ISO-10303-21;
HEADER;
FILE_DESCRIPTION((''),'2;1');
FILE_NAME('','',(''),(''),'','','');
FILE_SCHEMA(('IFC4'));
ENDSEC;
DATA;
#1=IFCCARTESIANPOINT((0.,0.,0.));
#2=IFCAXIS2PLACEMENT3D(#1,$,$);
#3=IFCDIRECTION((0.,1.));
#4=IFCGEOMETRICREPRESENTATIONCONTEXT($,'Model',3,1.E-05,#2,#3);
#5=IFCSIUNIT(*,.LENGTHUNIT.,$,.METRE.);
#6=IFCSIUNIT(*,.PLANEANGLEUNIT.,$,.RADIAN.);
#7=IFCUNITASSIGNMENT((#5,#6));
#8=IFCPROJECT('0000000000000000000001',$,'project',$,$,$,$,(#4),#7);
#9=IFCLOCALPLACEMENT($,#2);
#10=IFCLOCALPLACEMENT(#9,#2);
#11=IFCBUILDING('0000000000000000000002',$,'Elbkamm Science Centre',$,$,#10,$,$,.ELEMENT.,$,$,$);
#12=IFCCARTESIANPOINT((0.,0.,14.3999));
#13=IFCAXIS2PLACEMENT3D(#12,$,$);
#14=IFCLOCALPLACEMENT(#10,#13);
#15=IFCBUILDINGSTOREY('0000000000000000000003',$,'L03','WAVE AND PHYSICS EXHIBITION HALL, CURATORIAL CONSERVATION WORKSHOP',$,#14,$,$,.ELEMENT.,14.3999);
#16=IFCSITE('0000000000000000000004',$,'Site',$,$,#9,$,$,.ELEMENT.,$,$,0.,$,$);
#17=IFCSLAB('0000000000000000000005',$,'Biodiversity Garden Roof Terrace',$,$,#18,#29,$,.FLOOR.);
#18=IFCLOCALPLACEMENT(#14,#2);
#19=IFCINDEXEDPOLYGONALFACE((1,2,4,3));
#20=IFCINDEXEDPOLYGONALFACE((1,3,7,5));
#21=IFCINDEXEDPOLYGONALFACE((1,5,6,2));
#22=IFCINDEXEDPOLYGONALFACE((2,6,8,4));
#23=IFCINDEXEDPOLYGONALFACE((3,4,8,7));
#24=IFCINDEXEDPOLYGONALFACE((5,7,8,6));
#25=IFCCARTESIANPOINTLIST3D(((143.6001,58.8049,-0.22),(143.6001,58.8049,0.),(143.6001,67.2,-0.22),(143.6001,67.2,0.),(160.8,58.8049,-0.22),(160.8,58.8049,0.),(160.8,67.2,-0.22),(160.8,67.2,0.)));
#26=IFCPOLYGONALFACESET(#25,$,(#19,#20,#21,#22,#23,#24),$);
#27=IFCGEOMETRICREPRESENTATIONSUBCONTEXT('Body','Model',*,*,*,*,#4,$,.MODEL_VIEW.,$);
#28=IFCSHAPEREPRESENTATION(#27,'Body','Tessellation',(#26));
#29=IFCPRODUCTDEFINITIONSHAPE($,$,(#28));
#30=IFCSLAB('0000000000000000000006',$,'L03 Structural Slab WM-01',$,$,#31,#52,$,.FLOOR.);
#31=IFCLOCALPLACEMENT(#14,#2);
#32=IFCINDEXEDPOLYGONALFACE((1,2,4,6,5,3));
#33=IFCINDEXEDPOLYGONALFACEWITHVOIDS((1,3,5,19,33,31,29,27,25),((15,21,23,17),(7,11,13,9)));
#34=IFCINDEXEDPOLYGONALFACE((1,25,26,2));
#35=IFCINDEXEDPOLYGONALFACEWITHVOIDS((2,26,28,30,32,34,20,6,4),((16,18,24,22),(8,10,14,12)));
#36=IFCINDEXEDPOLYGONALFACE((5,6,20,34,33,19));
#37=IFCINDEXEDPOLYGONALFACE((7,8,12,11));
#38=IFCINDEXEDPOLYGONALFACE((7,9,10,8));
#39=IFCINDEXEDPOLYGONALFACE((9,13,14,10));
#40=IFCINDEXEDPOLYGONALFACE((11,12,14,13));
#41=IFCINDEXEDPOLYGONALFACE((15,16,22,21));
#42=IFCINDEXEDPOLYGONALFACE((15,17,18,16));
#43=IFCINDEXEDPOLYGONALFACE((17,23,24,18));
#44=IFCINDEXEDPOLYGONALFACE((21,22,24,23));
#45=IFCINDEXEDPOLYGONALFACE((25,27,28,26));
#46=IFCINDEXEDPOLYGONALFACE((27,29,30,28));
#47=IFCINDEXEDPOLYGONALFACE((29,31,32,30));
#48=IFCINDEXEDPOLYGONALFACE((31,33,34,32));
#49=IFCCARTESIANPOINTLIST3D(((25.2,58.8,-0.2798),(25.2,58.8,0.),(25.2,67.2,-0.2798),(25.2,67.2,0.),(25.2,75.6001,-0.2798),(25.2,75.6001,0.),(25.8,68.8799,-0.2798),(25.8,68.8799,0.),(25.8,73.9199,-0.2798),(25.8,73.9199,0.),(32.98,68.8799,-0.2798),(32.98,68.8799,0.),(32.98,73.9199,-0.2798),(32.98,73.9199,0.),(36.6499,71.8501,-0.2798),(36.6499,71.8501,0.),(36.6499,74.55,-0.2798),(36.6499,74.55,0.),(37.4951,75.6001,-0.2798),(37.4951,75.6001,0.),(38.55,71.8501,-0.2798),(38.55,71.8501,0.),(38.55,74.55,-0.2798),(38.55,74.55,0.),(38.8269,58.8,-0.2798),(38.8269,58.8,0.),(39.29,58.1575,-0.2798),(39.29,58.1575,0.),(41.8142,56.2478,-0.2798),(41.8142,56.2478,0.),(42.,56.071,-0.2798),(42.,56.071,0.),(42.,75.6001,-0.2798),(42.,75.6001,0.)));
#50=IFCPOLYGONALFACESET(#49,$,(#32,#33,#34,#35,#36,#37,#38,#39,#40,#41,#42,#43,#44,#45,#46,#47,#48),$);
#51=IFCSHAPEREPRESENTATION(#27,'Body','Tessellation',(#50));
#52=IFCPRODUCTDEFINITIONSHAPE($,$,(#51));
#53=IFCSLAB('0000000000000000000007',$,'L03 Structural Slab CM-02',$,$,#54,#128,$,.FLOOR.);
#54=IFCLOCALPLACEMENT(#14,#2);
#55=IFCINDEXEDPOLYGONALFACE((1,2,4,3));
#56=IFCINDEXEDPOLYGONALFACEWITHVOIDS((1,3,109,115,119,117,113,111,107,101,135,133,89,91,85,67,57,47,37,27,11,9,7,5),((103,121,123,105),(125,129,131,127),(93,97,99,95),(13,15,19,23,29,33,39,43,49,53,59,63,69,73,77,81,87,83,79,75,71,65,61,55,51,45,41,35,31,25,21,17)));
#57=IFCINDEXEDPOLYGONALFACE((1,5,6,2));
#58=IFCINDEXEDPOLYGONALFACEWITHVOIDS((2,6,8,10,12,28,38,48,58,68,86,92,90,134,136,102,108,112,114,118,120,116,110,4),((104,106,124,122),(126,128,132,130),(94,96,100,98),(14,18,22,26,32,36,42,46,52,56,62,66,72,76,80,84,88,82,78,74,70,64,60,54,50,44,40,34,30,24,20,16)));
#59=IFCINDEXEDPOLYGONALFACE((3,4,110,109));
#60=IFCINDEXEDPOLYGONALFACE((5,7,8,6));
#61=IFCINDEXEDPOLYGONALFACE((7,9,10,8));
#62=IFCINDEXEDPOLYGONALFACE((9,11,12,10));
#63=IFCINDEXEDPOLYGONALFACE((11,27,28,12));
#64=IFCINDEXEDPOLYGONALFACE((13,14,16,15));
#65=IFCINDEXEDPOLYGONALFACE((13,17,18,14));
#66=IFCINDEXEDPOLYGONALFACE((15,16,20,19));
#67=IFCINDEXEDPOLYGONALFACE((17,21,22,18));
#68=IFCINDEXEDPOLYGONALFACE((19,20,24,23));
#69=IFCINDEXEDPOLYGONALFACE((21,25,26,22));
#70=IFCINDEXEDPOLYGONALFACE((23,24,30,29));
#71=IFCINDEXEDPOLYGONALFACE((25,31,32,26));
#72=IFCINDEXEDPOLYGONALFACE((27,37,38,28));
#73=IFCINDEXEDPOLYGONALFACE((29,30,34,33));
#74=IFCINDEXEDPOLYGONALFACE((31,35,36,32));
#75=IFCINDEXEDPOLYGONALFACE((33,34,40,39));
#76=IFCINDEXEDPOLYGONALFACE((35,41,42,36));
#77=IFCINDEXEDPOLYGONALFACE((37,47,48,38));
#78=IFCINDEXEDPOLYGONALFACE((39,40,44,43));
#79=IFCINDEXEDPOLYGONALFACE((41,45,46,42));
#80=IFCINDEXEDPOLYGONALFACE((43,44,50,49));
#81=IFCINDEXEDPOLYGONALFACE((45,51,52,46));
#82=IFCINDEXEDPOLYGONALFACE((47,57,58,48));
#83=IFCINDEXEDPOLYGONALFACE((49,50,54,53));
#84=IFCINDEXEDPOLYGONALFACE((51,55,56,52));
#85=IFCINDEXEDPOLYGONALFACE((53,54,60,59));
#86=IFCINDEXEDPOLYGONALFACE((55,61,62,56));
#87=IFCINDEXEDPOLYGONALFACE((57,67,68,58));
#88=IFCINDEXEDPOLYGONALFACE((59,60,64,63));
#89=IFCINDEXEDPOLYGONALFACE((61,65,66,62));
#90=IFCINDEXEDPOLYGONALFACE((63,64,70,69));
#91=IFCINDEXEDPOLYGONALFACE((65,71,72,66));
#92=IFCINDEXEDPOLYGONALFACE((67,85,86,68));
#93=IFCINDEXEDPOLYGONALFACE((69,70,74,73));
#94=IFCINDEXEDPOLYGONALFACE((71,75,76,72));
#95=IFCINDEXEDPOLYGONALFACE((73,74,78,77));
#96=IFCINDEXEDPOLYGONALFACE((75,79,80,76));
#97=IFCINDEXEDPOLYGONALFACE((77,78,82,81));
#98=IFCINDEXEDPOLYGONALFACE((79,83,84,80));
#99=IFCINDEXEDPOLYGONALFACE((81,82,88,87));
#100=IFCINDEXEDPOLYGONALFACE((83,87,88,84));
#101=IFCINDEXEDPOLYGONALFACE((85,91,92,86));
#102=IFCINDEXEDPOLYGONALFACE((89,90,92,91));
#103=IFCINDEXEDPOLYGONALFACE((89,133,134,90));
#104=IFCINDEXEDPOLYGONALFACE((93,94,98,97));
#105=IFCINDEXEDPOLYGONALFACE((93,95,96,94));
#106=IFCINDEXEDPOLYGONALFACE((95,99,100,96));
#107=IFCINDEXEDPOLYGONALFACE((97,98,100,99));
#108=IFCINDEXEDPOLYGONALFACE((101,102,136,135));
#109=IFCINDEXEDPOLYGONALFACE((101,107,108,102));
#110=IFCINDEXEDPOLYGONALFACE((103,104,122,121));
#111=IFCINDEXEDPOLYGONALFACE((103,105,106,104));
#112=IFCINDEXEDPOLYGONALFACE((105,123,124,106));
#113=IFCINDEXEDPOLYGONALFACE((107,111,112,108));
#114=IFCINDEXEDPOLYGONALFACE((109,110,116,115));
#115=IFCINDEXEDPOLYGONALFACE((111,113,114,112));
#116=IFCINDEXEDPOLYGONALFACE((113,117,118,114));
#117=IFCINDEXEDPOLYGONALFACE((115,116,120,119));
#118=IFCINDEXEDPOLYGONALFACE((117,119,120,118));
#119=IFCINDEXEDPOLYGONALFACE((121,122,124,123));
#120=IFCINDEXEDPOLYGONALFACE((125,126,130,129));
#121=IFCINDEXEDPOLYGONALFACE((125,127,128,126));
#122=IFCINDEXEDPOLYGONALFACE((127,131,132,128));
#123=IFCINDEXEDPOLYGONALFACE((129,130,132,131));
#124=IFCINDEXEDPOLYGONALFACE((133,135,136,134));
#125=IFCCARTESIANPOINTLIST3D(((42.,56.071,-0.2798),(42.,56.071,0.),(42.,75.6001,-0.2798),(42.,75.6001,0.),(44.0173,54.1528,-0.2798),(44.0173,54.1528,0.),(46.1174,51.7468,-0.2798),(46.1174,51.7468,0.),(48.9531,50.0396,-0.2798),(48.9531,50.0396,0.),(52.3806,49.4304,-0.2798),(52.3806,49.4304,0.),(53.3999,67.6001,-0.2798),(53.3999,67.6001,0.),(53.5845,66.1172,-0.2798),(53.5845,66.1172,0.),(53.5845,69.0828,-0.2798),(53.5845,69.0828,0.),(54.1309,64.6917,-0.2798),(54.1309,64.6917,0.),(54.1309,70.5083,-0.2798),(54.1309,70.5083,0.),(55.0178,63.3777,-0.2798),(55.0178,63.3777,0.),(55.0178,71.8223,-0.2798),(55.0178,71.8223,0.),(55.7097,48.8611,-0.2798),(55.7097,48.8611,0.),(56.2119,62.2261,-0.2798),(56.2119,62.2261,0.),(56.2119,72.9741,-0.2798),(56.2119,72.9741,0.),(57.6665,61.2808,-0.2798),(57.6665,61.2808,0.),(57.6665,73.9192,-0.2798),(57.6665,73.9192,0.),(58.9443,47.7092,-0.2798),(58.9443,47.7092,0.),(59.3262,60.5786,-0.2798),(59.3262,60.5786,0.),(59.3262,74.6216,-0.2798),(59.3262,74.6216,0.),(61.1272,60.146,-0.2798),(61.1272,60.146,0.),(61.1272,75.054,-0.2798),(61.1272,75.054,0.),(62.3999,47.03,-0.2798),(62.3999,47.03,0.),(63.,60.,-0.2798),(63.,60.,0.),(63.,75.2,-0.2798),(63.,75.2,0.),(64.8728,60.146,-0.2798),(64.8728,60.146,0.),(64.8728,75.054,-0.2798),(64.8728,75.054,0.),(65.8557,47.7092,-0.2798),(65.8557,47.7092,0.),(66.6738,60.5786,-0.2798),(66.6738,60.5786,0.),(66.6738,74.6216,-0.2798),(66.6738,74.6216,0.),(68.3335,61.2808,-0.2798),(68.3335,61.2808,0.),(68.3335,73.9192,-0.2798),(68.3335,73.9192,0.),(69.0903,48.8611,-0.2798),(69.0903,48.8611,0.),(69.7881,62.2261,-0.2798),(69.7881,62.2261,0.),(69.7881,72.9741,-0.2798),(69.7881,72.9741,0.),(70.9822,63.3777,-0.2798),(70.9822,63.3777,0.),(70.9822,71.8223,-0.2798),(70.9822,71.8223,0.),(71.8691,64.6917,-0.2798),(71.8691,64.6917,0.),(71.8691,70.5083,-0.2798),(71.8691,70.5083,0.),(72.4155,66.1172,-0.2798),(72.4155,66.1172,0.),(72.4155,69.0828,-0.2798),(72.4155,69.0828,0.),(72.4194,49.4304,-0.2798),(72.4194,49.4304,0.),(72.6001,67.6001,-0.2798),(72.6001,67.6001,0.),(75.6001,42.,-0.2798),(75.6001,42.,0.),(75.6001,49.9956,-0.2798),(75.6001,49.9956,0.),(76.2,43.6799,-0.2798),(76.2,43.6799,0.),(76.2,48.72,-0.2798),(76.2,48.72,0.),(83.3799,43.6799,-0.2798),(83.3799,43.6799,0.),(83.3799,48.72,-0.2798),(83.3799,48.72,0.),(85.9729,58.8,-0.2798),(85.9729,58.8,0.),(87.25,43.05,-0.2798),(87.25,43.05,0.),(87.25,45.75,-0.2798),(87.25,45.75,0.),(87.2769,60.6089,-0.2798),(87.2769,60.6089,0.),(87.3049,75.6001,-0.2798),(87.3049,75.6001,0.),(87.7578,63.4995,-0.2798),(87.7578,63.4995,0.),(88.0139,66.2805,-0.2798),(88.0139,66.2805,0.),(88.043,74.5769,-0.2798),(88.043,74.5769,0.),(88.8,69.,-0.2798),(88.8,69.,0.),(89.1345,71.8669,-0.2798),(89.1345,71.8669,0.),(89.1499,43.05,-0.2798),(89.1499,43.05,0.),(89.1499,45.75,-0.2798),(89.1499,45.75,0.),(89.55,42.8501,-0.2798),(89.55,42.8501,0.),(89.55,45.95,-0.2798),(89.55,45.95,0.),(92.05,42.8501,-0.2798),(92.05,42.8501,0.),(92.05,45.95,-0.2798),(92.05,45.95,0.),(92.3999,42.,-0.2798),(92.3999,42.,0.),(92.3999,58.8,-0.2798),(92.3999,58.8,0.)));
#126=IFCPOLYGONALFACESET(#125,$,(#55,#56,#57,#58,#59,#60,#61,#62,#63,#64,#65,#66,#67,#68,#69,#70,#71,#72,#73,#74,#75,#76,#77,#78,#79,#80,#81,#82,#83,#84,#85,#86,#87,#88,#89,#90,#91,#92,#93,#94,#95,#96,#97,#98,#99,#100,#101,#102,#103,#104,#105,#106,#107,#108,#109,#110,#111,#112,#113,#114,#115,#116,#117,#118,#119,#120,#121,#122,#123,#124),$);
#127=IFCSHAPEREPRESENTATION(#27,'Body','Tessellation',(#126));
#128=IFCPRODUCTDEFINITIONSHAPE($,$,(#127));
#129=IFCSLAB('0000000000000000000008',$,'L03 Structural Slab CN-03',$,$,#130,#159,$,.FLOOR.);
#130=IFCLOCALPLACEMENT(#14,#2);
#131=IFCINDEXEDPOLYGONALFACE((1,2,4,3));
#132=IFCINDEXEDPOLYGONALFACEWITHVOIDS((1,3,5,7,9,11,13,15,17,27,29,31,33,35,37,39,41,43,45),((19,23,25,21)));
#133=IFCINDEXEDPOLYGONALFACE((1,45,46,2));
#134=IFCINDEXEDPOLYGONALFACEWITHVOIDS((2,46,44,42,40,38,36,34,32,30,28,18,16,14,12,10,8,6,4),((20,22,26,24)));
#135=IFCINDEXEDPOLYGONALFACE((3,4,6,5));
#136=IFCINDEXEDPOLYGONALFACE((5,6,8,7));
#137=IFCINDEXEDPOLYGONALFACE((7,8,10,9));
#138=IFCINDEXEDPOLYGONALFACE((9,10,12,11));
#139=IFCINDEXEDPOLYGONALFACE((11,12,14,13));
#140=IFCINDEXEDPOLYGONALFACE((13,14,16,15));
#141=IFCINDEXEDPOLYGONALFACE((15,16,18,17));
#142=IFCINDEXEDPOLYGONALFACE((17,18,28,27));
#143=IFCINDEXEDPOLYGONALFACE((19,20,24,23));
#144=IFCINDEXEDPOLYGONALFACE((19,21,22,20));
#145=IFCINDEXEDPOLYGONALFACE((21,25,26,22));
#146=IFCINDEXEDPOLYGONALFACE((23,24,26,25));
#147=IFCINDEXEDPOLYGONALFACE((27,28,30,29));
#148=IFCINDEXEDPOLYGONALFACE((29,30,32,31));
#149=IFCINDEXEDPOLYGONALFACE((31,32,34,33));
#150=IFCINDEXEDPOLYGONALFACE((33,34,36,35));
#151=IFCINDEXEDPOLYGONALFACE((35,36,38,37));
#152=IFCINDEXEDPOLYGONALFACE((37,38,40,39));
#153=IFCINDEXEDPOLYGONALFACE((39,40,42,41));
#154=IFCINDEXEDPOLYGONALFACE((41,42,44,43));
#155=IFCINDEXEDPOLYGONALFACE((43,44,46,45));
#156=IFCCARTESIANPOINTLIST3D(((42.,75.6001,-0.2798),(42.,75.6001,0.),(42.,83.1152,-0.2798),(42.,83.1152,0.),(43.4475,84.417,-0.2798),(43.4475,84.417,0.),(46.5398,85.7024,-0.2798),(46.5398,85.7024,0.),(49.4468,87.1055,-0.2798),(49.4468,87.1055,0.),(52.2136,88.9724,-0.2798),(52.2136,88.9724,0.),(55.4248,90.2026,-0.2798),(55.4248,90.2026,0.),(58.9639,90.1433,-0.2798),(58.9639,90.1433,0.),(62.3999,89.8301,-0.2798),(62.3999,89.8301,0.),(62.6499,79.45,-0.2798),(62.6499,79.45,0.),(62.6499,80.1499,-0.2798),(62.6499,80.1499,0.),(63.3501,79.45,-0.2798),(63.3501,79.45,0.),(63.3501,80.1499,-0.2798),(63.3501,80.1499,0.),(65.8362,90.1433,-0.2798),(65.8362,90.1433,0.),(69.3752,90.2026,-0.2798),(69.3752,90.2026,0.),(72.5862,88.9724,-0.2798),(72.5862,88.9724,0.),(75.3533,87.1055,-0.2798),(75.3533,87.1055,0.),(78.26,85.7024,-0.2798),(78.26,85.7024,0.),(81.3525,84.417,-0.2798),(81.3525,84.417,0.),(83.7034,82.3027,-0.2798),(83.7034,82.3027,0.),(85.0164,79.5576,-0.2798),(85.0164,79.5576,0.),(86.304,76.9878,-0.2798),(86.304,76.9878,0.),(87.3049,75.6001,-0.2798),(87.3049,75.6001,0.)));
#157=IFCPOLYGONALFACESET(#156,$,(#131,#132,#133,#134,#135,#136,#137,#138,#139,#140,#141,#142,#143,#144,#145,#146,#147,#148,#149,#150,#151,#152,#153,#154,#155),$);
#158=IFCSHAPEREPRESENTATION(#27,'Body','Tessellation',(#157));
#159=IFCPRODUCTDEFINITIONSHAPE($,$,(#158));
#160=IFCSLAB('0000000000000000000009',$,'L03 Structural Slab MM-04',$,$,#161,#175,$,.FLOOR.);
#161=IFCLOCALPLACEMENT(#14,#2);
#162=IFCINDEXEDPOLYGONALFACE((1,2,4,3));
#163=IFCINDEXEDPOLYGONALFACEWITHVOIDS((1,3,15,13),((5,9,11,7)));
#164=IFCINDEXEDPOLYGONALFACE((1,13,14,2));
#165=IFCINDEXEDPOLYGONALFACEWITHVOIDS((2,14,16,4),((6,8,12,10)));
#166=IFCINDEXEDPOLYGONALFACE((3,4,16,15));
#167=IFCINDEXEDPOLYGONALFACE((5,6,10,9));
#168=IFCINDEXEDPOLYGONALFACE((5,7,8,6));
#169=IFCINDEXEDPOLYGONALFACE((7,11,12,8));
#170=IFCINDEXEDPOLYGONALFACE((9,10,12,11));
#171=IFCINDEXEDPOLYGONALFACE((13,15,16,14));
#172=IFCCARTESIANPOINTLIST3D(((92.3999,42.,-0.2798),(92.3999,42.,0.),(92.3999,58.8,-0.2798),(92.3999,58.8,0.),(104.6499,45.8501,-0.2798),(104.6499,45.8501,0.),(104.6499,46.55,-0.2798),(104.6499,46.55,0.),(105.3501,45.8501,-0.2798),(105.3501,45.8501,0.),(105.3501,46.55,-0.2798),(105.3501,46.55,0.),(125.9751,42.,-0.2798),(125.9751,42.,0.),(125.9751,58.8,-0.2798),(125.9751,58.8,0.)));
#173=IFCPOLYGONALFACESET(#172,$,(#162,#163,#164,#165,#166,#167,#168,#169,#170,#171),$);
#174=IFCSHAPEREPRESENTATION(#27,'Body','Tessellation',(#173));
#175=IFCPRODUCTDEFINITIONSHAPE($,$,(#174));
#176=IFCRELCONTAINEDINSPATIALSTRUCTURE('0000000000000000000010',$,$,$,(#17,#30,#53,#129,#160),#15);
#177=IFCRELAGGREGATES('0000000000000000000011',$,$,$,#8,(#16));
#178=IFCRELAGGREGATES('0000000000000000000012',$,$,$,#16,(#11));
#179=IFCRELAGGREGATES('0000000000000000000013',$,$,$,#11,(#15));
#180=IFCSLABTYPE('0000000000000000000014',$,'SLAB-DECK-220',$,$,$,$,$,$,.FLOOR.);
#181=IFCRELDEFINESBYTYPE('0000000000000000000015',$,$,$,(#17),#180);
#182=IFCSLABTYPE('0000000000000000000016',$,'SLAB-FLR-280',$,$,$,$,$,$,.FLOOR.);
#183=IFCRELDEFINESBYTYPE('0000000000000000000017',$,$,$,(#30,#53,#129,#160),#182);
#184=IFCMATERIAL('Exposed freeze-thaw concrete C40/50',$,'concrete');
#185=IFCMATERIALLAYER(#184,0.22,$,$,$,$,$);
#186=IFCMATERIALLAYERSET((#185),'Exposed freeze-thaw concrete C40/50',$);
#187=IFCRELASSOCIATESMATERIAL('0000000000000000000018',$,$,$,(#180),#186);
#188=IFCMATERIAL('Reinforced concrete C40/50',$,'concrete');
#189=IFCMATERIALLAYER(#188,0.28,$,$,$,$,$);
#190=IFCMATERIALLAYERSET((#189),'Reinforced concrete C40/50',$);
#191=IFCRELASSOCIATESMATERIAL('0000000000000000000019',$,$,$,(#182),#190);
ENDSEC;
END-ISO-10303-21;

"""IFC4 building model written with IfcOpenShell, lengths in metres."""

from ifc_helpers import new_model, si_unit, direction, frame, origin, place, context, subcontext, project, spatial, polyline, outline, extrude, material, layer, layer_set, type_object, element, save


model = new_model("IFC4")

# Units and contexts
model_context = context("Model", 3, precision=1e-05, world=origin(), true_north=direction((0.0, 1.0)))
body_context = subcontext(model_context, "Body", "Model", "MODEL_VIEW")
ifc_project = project(units=[si_unit("LENGTHUNIT", "METRE"), si_unit("PLANEANGLEUNIT", "RADIAN")], contexts=[model_context])

# Site, building, storey
site_placement = place(None, origin())
site = spatial("IfcSite", under=ifc_project, at=site_placement, Name="Site", CompositionType="ELEMENT", RefElevation=0.0)
building_placement = place(site_placement, origin())
building = spatial("IfcBuilding", under=site, at=building_placement, Name="Elbkamm Science Centre", CompositionType="ELEMENT")
storey_placement = place(building_placement, frame((0.0, 0.0, 14.3999)))
storey = spatial("IfcBuildingStorey", under=building, at=storey_placement, Name="L03", Description="WAVE AND PHYSICS EXHIBITION HALL, CURATORIAL CONSERVATION WORKSHOP", CompositionType="ELEMENT", Elevation=14.3999)

# Slabs
ifc_material_1 = material(Name="Exposed freeze-thaw concrete C40/50", Category="concrete")
ifc_layer_1 = layer(ifc_material_1, 0.22)
ifc_layer_set_1 = layer_set([ifc_layer_1], Name="Exposed freeze-thaw concrete C40/50")
slab_type_1 = type_object("IfcSlabType", Name="SLAB-DECK-220", PredefinedType="FLOOR", material=ifc_layer_set_1)
slab_1_placement = place(storey_placement, frame((0.0, 0.0, -0.22)))
element("IfcSlab", 1, at=slab_1_placement, inside=storey, type_object=slab_type_1, Name="Biodiversity Garden Roof Terrace", PredefinedType="FLOOR", context=body_context, shape_type="SweptSolid", body=[
    extrude(outline(polyline([(160.8, 67.2), (160.8, 58.8049), (143.6001, 58.8049), (143.6001, 67.2), (160.8, 67.2)])), origin(), (0.0, 0.0, 1.0), 0.22),
])
ifc_material_2 = material(Name="Reinforced concrete C40/50", Category="concrete")
ifc_layer_2 = layer(ifc_material_2, 0.28)
ifc_layer_set_2 = layer_set([ifc_layer_2], Name="Reinforced concrete C40/50")
slab_type_2 = type_object("IfcSlabType", Name="SLAB-FLR-280", PredefinedType="FLOOR", material=ifc_layer_set_2)
slab_2_placement = place(storey_placement, frame((0.0, 0.0, -0.2798)))
element("IfcSlab", 2, at=slab_2_placement, inside=storey, type_object=slab_type_2, Name="L03 Structural Slab WM-01", PredefinedType="FLOOR", context=body_context, shape_type="SweptSolid", body=[
    extrude(outline(polyline([(41.8142, 56.2478), (39.29, 58.1575), (38.8269, 58.8), (25.2, 58.8), (25.2, 67.2), (25.2, 75.6001), (37.4951, 75.6001), (42.0, 75.6001), (42.0, 56.071), (41.8142, 56.2478)]), holes=[polyline([(25.8, 68.8799), (32.98, 68.8799), (32.98, 73.9199), (25.8, 73.9199), (25.8, 68.8799)]), polyline([(36.6499, 71.8501), (38.55, 71.8501), (38.55, 74.55), (36.6499, 74.55), (36.6499, 71.8501)])]), origin(), (0.0, 0.0, 1.0), 0.2798),
])
slab_3_placement = place(storey_placement, frame((0.0, 0.0, -0.2798)))
element("IfcSlab", 3, at=slab_3_placement, inside=storey, type_object=slab_type_2, Name="L03 Structural Slab CM-02", PredefinedType="FLOOR", context=body_context, shape_type="SweptSolid", body=[
    extrude(outline(polyline([(44.0173, 54.1528), (42.0, 56.071), (42.0, 75.6001), (87.3049, 75.6001), (88.043, 74.5769), (89.1345, 71.8669), (88.8, 69.0), (88.0139, 66.2805), (87.7578, 63.4995), (87.2769, 60.6089), (85.9729, 58.8), (92.3999, 58.8), (92.3999, 42.0), (75.6001, 42.0), (75.6001, 49.9956), (72.4194, 49.4304), (69.0903, 48.8611), (65.8557, 47.7092), (62.3999, 47.03), (58.9443, 47.7092), (55.7097, 48.8611), (52.3806, 49.4304), (48.9531, 50.0396), (46.1174, 51.7468), (44.0173, 54.1528)]), holes=[polyline([(53.3999, 67.6001), (53.5845, 66.1172), (54.1309, 64.6917), (55.0178, 63.3777), (56.2119, 62.2261), (57.6665, 61.2808), (59.3262, 60.5786), (61.1272, 60.146), (63.0, 60.0), (64.8728, 60.146), (66.6738, 60.5786), (68.3335, 61.2808), (69.7881, 62.2261), (70.9822, 63.3777), (71.8691, 64.6917), (72.4155, 66.1172), (72.6001, 67.6001), (72.4155, 69.0828), (71.8691, 70.5083), (70.9822, 71.8223), (69.7881, 72.9741), (68.3335, 73.9192), (66.6738, 74.6216), (64.8728, 75.054), (63.0, 75.2), (61.1272, 75.054), (59.3262, 74.6216), (57.6665, 73.9192), (56.2119, 72.9741), (55.0178, 71.8223), (54.1309, 70.5083), (53.5845, 69.0828), (53.3999, 67.6001)]), polyline([(83.3799, 48.72), (76.2, 48.72), (76.2, 43.6799), (83.3799, 43.6799), (83.3799, 48.72)]), polyline([(89.1499, 45.75), (87.25, 45.75), (87.25, 43.05), (89.1499, 43.05), (89.1499, 45.75)]), polyline([(92.05, 42.8501), (92.05, 45.95), (89.55, 45.95), (89.55, 42.8501), (92.05, 42.8501)])]), origin(), (0.0, 0.0, 1.0), 0.2798),
])
slab_4_placement = place(storey_placement, frame((0.0, 0.0, -0.2798)))
element("IfcSlab", 4, at=slab_4_placement, inside=storey, type_object=slab_type_2, Name="L03 Structural Slab CN-03", PredefinedType="FLOOR", context=body_context, shape_type="SweptSolid", body=[
    extrude(outline(polyline([(46.5398, 85.7024), (49.4468, 87.1055), (52.2136, 88.9724), (55.4248, 90.2026), (58.9639, 90.1433), (62.3999, 89.8301), (65.8362, 90.1433), (69.3752, 90.2026), (72.5862, 88.9724), (75.3533, 87.1055), (78.26, 85.7024), (81.3525, 84.417), (83.7034, 82.3027), (85.0164, 79.5576), (86.304, 76.9878), (87.3049, 75.6001), (42.0, 75.6001), (42.0, 83.1152), (43.4475, 84.417), (46.5398, 85.7024)]), holes=[polyline([(63.3501, 80.1499), (62.6499, 80.1499), (62.6499, 79.45), (63.3501, 79.45), (63.3501, 80.1499)])]), origin(), (0.0, 0.0, 1.0), 0.2798),
])
slab_5_placement = place(storey_placement, frame((0.0, 0.0, -0.2798)))
element("IfcSlab", 5, at=slab_5_placement, inside=storey, type_object=slab_type_2, Name="L03 Structural Slab MM-04", PredefinedType="FLOOR", context=body_context, shape_type="SweptSolid", body=[
    extrude(outline(polyline([(125.9751, 42.0), (92.3999, 42.0), (92.3999, 58.8), (125.9751, 58.8), (125.9751, 42.0)]), holes=[polyline([(105.3501, 46.55), (104.6499, 46.55), (104.6499, 45.8501), (105.3501, 45.8501), (105.3501, 46.55)])]), origin(), (0.0, 0.0, 1.0), 0.2798),
])

save(model, "model.ifc")
